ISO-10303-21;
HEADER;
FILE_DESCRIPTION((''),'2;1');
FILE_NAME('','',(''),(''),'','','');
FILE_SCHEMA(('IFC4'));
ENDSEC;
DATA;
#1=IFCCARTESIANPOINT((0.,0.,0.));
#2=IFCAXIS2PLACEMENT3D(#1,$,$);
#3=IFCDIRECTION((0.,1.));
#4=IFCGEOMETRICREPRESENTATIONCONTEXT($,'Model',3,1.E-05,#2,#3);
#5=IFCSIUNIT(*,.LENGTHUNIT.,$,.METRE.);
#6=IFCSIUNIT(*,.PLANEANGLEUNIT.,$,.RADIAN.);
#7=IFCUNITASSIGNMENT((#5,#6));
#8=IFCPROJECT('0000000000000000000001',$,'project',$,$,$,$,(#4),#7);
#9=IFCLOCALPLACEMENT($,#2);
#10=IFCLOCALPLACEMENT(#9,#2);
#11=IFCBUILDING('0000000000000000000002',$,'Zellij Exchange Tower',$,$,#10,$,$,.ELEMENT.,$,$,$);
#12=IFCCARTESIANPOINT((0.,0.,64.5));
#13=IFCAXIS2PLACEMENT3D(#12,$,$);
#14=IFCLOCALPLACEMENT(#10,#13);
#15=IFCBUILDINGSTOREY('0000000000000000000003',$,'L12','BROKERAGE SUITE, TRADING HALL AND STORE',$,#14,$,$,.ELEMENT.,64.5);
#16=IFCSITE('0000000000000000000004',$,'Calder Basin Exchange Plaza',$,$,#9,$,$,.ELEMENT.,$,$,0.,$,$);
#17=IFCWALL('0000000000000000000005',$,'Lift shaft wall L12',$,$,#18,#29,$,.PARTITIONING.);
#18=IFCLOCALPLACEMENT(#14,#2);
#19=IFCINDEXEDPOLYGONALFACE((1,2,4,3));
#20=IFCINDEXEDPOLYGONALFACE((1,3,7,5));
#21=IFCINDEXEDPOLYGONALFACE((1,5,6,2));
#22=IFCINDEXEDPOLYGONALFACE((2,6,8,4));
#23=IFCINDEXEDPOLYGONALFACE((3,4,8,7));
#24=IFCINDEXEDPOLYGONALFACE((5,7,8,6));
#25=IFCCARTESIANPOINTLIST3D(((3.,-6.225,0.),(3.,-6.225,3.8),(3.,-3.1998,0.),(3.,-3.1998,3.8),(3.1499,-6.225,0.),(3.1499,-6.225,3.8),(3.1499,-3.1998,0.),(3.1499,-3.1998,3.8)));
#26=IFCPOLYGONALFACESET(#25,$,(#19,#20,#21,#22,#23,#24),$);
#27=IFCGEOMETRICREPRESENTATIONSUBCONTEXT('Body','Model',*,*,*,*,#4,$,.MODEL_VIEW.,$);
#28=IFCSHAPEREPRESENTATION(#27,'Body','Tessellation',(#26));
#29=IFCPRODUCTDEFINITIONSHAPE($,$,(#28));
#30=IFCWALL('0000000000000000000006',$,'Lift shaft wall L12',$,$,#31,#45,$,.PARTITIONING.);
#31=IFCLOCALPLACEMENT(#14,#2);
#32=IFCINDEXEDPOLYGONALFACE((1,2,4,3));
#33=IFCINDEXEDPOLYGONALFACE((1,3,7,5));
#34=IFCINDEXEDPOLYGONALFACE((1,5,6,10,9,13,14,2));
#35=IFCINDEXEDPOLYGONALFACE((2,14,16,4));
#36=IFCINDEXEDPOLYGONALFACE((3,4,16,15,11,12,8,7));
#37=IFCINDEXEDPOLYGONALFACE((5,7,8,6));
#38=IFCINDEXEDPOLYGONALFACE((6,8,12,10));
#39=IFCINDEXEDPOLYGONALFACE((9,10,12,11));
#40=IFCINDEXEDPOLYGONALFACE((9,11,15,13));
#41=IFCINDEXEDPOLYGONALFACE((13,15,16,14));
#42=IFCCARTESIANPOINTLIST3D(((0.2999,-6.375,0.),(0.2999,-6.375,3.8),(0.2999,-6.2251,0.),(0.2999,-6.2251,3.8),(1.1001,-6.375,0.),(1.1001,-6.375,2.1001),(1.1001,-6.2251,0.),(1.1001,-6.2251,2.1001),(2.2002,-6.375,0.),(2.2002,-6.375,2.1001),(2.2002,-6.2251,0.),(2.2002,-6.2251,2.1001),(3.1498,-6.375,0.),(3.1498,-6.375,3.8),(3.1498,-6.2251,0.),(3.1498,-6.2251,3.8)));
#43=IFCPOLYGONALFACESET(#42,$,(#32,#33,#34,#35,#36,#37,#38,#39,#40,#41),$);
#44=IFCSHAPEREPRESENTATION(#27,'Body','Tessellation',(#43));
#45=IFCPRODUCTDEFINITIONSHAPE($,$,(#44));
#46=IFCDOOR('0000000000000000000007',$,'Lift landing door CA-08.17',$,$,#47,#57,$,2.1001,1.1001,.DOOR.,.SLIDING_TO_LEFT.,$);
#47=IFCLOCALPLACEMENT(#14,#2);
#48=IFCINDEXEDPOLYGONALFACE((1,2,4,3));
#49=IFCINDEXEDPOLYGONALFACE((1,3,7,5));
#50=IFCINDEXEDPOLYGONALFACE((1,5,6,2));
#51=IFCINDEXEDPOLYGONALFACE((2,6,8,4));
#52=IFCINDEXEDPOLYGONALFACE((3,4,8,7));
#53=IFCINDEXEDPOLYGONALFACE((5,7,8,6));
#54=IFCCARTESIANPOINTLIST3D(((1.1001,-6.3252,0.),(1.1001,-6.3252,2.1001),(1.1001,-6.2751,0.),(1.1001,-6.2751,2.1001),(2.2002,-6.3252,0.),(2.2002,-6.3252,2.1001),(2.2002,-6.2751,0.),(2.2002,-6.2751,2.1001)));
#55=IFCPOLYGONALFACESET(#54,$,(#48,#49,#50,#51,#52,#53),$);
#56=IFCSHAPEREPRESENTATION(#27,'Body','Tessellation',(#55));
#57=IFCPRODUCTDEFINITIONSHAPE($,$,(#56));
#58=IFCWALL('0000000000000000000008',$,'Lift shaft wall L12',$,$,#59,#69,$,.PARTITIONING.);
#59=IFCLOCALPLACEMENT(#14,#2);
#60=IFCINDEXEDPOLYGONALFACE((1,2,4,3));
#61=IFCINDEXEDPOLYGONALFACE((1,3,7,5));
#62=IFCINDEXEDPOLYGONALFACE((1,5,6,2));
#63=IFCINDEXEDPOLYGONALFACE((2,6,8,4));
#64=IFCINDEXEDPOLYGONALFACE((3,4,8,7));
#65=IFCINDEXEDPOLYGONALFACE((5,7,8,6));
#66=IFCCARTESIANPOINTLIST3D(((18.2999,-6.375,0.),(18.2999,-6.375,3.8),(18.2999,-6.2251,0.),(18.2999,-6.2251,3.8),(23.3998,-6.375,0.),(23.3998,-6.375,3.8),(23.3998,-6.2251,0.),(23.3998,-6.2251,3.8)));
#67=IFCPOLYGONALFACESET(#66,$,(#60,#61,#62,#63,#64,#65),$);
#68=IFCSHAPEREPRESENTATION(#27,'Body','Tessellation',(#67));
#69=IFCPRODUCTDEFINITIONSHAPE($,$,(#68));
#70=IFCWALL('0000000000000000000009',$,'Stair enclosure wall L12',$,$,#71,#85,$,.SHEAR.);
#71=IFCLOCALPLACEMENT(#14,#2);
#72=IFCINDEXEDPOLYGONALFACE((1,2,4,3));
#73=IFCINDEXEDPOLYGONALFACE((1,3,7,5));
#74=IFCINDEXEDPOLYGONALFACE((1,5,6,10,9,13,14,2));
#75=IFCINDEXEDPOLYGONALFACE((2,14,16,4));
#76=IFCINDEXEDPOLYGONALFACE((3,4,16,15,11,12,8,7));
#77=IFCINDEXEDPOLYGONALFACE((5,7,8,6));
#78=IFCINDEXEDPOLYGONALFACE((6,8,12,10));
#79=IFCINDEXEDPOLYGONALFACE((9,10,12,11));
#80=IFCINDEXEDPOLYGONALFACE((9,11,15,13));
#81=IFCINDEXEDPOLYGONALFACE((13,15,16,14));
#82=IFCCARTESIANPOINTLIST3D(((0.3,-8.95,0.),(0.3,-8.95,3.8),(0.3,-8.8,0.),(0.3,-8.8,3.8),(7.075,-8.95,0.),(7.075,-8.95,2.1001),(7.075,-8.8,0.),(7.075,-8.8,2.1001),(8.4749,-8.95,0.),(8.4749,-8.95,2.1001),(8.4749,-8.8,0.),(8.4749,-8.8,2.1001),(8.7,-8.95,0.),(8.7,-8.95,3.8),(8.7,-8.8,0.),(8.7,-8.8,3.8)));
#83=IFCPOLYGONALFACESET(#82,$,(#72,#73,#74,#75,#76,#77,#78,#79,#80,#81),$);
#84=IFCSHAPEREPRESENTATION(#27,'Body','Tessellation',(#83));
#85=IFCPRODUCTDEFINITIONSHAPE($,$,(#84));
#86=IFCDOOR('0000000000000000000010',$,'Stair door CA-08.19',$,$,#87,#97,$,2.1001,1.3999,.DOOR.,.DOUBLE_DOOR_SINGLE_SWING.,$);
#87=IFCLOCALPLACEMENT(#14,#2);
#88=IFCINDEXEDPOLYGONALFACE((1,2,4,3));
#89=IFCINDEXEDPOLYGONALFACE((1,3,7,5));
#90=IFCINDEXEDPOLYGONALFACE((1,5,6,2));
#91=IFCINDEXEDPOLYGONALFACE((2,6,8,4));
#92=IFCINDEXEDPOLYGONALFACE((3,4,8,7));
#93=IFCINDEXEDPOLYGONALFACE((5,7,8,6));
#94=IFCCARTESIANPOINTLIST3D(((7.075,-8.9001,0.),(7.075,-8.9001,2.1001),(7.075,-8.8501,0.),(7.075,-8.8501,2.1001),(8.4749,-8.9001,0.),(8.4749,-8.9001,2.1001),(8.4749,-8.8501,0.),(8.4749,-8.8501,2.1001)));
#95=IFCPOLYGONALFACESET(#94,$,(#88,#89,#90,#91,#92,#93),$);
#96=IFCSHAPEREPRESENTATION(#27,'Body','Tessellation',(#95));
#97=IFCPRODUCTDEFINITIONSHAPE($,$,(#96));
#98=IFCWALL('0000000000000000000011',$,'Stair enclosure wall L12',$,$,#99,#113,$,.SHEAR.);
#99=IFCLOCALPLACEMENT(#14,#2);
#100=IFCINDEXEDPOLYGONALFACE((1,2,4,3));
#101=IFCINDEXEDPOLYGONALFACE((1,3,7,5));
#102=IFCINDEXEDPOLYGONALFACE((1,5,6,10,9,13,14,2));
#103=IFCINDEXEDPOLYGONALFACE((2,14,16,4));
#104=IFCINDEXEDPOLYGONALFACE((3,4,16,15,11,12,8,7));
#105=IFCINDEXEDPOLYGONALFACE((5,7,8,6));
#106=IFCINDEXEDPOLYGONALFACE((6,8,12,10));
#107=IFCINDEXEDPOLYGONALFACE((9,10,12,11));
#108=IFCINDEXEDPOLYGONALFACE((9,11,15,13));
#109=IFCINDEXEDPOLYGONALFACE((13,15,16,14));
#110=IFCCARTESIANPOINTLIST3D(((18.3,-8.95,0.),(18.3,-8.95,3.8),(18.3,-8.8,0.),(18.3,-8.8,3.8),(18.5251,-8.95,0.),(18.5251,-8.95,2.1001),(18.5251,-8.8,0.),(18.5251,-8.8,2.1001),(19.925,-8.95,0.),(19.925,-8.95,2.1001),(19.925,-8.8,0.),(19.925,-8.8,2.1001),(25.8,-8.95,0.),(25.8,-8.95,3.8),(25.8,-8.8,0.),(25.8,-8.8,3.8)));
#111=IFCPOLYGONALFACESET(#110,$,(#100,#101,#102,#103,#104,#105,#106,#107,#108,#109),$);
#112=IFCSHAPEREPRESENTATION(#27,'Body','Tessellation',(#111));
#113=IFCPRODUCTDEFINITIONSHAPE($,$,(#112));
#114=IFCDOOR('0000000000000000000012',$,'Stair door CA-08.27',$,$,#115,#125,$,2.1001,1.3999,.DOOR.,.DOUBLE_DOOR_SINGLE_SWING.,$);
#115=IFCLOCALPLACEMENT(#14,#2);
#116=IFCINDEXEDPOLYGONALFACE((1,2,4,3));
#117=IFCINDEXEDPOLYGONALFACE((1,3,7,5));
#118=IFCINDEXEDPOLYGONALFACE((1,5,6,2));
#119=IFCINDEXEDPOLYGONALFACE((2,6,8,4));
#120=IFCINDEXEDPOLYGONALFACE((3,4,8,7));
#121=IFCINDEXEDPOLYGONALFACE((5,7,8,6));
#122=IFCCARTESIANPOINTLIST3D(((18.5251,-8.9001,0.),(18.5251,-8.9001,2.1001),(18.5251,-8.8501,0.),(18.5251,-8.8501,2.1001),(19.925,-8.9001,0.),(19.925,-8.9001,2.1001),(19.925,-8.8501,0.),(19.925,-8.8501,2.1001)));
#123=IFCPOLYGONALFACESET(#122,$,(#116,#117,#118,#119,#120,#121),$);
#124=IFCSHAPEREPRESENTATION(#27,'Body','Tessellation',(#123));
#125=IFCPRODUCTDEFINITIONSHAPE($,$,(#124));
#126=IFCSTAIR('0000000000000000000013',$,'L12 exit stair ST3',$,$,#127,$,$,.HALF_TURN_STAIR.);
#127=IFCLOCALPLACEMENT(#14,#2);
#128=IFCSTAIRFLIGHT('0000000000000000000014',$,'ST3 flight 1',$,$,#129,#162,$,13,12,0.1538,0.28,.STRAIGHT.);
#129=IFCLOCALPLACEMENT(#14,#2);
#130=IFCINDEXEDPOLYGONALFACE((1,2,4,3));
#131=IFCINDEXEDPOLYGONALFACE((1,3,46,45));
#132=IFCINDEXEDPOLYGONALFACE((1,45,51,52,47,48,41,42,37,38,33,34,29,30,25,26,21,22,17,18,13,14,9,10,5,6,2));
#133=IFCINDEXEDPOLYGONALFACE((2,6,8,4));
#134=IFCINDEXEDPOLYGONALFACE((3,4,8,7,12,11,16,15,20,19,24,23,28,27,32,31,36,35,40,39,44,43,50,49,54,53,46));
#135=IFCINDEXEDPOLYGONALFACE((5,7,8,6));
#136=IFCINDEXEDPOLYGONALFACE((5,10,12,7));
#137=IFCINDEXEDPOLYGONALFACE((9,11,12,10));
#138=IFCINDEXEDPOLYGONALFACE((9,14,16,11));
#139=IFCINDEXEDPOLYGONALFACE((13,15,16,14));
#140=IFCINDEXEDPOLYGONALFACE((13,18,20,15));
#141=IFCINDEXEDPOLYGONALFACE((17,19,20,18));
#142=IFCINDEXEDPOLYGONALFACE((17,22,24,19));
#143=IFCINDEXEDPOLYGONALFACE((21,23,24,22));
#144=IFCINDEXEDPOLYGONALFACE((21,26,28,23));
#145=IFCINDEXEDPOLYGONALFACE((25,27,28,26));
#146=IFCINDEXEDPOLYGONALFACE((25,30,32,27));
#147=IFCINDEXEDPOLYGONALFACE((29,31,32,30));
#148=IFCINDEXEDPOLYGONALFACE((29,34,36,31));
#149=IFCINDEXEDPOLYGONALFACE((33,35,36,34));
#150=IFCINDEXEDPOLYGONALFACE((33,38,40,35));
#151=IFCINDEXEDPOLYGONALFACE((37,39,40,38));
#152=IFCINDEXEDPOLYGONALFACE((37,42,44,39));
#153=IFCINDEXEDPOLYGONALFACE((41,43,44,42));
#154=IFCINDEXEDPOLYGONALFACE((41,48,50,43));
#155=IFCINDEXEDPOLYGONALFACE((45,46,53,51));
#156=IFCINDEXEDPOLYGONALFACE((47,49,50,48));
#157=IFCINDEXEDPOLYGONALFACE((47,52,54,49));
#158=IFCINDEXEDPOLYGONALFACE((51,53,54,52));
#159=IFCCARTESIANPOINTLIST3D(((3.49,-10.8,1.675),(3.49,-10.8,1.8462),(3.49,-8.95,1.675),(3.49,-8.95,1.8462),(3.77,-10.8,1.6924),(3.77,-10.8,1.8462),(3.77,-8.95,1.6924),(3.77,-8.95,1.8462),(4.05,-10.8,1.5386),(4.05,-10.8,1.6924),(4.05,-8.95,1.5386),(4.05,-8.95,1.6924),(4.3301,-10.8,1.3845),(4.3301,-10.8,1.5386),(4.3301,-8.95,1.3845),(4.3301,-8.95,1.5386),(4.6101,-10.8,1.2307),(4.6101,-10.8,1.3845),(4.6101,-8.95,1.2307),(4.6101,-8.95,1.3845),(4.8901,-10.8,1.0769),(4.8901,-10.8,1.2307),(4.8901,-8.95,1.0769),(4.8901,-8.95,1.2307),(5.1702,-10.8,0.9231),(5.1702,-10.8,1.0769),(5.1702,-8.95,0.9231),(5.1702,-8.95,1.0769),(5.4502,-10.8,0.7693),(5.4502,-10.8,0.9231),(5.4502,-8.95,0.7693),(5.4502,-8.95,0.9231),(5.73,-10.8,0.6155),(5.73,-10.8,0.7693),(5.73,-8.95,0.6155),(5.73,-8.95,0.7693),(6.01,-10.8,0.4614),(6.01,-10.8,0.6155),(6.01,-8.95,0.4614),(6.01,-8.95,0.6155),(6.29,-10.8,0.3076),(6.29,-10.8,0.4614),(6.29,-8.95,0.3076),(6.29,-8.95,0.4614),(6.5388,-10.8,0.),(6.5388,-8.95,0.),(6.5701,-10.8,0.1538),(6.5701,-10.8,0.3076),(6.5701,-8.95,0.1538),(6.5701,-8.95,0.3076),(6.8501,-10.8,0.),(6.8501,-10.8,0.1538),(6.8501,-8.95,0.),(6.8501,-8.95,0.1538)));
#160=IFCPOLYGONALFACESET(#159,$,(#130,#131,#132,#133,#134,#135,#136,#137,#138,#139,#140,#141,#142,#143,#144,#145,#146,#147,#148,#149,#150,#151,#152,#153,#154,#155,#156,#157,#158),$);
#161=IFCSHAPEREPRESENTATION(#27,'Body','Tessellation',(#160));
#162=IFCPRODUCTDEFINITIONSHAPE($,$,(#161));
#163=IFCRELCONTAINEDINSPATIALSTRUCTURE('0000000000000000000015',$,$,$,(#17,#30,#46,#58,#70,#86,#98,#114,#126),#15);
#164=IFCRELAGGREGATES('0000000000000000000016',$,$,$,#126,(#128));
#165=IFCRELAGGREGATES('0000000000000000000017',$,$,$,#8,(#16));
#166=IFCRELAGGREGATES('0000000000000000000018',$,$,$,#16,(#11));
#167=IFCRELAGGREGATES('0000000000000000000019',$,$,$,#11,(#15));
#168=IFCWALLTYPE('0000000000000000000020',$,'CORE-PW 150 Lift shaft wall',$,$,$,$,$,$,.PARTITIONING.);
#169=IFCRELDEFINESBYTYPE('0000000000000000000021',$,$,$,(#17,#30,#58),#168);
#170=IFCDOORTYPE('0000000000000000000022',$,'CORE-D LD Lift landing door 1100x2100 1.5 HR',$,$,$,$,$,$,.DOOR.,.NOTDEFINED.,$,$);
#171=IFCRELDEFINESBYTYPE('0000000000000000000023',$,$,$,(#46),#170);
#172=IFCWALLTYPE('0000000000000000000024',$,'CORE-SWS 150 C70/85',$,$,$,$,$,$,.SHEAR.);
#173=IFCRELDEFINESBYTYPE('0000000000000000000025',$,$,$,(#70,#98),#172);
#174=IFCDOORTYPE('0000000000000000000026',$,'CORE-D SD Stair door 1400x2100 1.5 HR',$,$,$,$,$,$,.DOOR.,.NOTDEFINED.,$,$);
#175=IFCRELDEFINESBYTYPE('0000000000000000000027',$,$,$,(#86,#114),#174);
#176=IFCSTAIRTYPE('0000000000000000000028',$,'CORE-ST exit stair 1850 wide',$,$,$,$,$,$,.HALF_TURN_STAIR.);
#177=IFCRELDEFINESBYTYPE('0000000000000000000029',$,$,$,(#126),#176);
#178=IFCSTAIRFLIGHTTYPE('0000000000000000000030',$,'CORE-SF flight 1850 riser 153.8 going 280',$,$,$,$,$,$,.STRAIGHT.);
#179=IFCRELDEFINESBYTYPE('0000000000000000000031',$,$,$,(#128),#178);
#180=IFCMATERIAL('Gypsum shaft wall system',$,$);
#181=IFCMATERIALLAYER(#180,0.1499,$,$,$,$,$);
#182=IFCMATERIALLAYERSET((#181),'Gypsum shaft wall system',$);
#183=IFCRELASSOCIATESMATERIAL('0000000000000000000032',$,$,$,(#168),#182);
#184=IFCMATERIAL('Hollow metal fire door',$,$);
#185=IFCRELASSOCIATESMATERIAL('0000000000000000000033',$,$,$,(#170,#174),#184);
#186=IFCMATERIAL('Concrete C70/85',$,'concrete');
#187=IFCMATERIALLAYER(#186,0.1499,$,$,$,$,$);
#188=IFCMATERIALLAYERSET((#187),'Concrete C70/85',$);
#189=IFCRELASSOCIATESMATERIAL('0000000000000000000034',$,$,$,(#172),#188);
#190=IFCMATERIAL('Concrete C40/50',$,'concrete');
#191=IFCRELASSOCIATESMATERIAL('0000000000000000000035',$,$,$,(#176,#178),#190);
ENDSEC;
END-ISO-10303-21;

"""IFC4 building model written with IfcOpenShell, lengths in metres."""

from ifc_helpers import new_model, si_unit, direction, frame, frame_2d, origin, place, context, subcontext, project, spatial, polyline, rectangle, outline, extrude, material, layer, layer_set, type_object, element, fill, aggregate, save


model = new_model("IFC4")

# Units and contexts
model_context = context("Model", 3, precision=1e-05, world=origin(), true_north=direction((0.0, 1.0)))
body_context = subcontext(model_context, "Body", "Model", "MODEL_VIEW")
ifc_project = project(units=[si_unit("LENGTHUNIT", "METRE"), si_unit("PLANEANGLEUNIT", "RADIAN")], contexts=[model_context])

# Site, building, storey
site_placement = place(None, origin())
site = spatial("IfcSite", under=ifc_project, at=site_placement, Name="Calder Basin Exchange Plaza", CompositionType="ELEMENT", RefElevation=0.0)
building_placement = place(site_placement, origin())
building = spatial("IfcBuilding", under=site, at=building_placement, Name="Zellij Exchange Tower", CompositionType="ELEMENT")
storey_placement = place(building_placement, frame((0.0, 0.0, 64.5)))
storey = spatial("IfcBuildingStorey", under=building, at=storey_placement, Name="L12", Description="BROKERAGE SUITE, TRADING HALL AND STORE", CompositionType="ELEMENT", Elevation=64.5)

# Shared definitions
ifc_material_1 = material(Name="Concrete C70/85", Category="concrete")

# Shared definitions
ifc_material_2 = material(Name="Gypsum shaft wall system")
ifc_material_3 = material(Name="Hollow metal fire door")

# Wall
ifc_layer_1 = layer(ifc_material_2, 0.1499)
ifc_layer_set_1 = layer_set([ifc_layer_1], Name="Gypsum shaft wall system")
wall_type_1 = type_object("IfcWallType", Name="CORE-PW 150 Lift shaft wall", PredefinedType="PARTITIONING", material=ifc_layer_set_1)
wall_1_placement = place(storey_placement, frame((3.075, -6.2251, 0.0), z_axis=(0.0, 0.0, 1.0), x_axis=(0.0, 1.0, 0.0)))
element("IfcWall", 1, at=wall_1_placement, inside=storey, type_object=wall_type_1, Name="Lift shaft wall L12", PredefinedType="PARTITIONING", context=body_context, shape_type="SweptSolid", body=[
    extrude(rectangle(XDim=3.0251, YDim=0.1499, at=frame_2d((1.5127, 0.0))), origin(), (0.0, 0.0, 1.0), 3.8),
])

# Wall, opening, door
wall_2_placement = place(storey_placement, frame((0.3, -6.3, 0.0), z_axis=(0.0, 0.0, 1.0), x_axis=(1.0, 0.0, 0.0)))
wall_2 = element("IfcWall", 2, at=wall_2_placement, inside=storey, type_object=wall_type_1, Name="Lift shaft wall L12", PredefinedType="PARTITIONING", context=body_context, shape_type="SweptSolid", body=[
    extrude(rectangle(XDim=2.8499, YDim=0.1499, at=frame_2d((1.4248, 0.0))), origin(), (0.0, 0.0, 1.0), 3.8),
])
opening_1_placement = place(wall_2_placement, frame((0.8, 0.0, 0.0)))
opening_1 = element("IfcOpeningElement", 3, at=opening_1_placement, cuts=wall_2, PredefinedType="OPENING", context=body_context, shape_type="SweptSolid", body=[
    extrude(rectangle(XDim=1.1001, YDim=2.1001, at=frame_2d((0.55, 1.05))), frame((0.0, 0.0869, 0.0), z_axis=(0.0, -1.0, 0.0), x_axis=(1.0, 0.0, 0.0)), (0.0, 0.0, 1.0), 0.1738),
])
door_type_1 = type_object("IfcDoorType", Name="CORE-D LD Lift landing door 1100x2100 1.5 HR", OperationType="NOTDEFINED", PredefinedType="DOOR", material=ifc_material_3)
door_1_placement = place(opening_1_placement, origin())
door_1 = element("IfcDoor", 4, at=door_1_placement, inside=storey, type_object=door_type_1, Name="Lift landing door CA-08.17", OperationType="SLIDING_TO_LEFT", OverallHeight=2.1001, OverallWidth=1.1001, PredefinedType="DOOR", context=body_context, shape_type="SweptSolid", body=[
    extrude(rectangle(XDim=1.1001, YDim=2.1001, at=frame_2d((0.55, 1.05))), frame((0.0, 0.0249, 0.0), z_axis=(0.0, -1.0, 0.0), x_axis=(1.0, 0.0, 0.0)), (0.0, 0.0, 1.0), 0.05),
])
fill(opening_1, door_1)

# Wall
wall_3_placement = place(storey_placement, frame((18.3, -6.3, 0.0), z_axis=(0.0, 0.0, 1.0), x_axis=(1.0, 0.0, 0.0)))
element("IfcWall", 5, at=wall_3_placement, inside=storey, type_object=wall_type_1, Name="Lift shaft wall L12", PredefinedType="PARTITIONING", context=body_context, shape_type="SweptSolid", body=[
    extrude(rectangle(XDim=5.0999, YDim=0.1499, at=frame_2d((2.5498, 0.0))), origin(), (0.0, 0.0, 1.0), 3.8),
])

# Walls, openings, doors
ifc_layer_2 = layer(ifc_material_1, 0.1499)
ifc_layer_set_2 = layer_set([ifc_layer_2], Name="Concrete C70/85")
wall_type_2 = type_object("IfcWallType", Name="CORE-SWS 150 C70/85", PredefinedType="SHEAR", material=ifc_layer_set_2)
wall_4_placement = place(storey_placement, frame((0.3, -8.875, 0.0), z_axis=(0.0, 0.0, 1.0), x_axis=(1.0, 0.0, 0.0)))
wall_4 = element("IfcWall", 6, at=wall_4_placement, inside=storey, type_object=wall_type_2, Name="Stair enclosure wall L12", PredefinedType="SHEAR", context=body_context, shape_type="SweptSolid", body=[
    extrude(rectangle(XDim=8.3999, YDim=0.1499, at=frame_2d((4.2, 0.0))), origin(), (0.0, 0.0, 1.0), 3.8),
])
opening_2_placement = place(wall_4_placement, frame((6.7749, 0.0, 0.0)))
opening_2 = element("IfcOpeningElement", 7, at=opening_2_placement, cuts=wall_4, PredefinedType="OPENING", context=body_context, shape_type="SweptSolid", body=[
    extrude(rectangle(XDim=1.3999, YDim=2.1001, at=frame_2d((0.7, 1.05))), frame((0.0, 0.0869, 0.0), z_axis=(0.0, -1.0, 0.0), x_axis=(1.0, 0.0, 0.0)), (0.0, 0.0, 1.0), 0.1738),
])
door_type_2 = type_object("IfcDoorType", Name="CORE-D SD Stair door 1400x2100 1.5 HR", OperationType="NOTDEFINED", PredefinedType="DOOR", material=ifc_material_3)
door_2_placement = place(opening_2_placement, origin())
door_2 = element("IfcDoor", 8, at=door_2_placement, inside=storey, type_object=door_type_2, Name="Stair door CA-08.19", OperationType="DOUBLE_DOOR_SINGLE_SWING", OverallHeight=2.1001, OverallWidth=1.3999, PredefinedType="DOOR", context=body_context, shape_type="SweptSolid", body=[
    extrude(rectangle(XDim=1.3999, YDim=2.1001, at=frame_2d((0.7, 1.05))), frame((0.0, 0.0249, 0.0), z_axis=(0.0, -1.0, 0.0), x_axis=(1.0, 0.0, 0.0)), (0.0, 0.0, 1.0), 0.05),
])
fill(opening_2, door_2)
wall_5_placement = place(storey_placement, frame((18.3, -8.875, 0.0), z_axis=(0.0, 0.0, 1.0), x_axis=(1.0, 0.0, 0.0)))
wall_5 = element("IfcWall", 9, at=wall_5_placement, inside=storey, type_object=wall_type_2, Name="Stair enclosure wall L12", PredefinedType="SHEAR", context=body_context, shape_type="SweptSolid", body=[
    extrude(rectangle(XDim=7.5, YDim=0.1499, at=frame_2d((3.75, 0.0))), origin(), (0.0, 0.0, 1.0), 3.8),
])
opening_3_placement = place(wall_5_placement, frame((0.2251, 0.0, 0.0)))
opening_3 = element("IfcOpeningElement", 10, at=opening_3_placement, cuts=wall_5, PredefinedType="OPENING", context=body_context, shape_type="SweptSolid", body=[
    extrude(rectangle(XDim=1.3999, YDim=2.1001, at=frame_2d((0.7, 1.05))), frame((0.0, 0.0869, 0.0), z_axis=(0.0, -1.0, 0.0), x_axis=(1.0, 0.0, 0.0)), (0.0, 0.0, 1.0), 0.1738),
])
door_3_placement = place(opening_3_placement, origin())
door_3 = element("IfcDoor", 11, at=door_3_placement, inside=storey, type_object=door_type_2, Name="Stair door CA-08.27", OperationType="DOUBLE_DOOR_SINGLE_SWING", OverallHeight=2.1001, OverallWidth=1.3999, PredefinedType="DOOR", context=body_context, shape_type="SweptSolid", body=[
    extrude(rectangle(XDim=1.3999, YDim=2.1001, at=frame_2d((0.7, 1.05))), frame((0.0, 0.0249, 0.0), z_axis=(0.0, -1.0, 0.0), x_axis=(1.0, 0.0, 0.0)), (0.0, 0.0, 1.0), 0.05),
])
fill(opening_3, door_3)

# Stair, stair flight
ifc_material_4 = material(Name="Concrete C40/50", Category="concrete")
stair_type = type_object("IfcStairType", Name="CORE-ST exit stair 1850 wide", PredefinedType="HALF_TURN_STAIR", material=ifc_material_4)
stair_placement = place(storey_placement, origin())
stair = element("IfcStair", 12, at=stair_placement, inside=storey, type_object=stair_type, Name="L12 exit stair ST3", PredefinedType="HALF_TURN_STAIR")
stair_flight_type = type_object("IfcStairFlightType", Name="CORE-SF flight 1850 riser 153.8 going 280", PredefinedType="STRAIGHT", material=ifc_material_4)
stair_flight_1_placement = place(storey_placement, frame((6.8501, -9.875, 0.0), z_axis=(0.0, 0.0, 1.0), x_axis=(-1.0, 0.0, 0.0)))
stair_flight_1 = element("IfcStairFlight", 13, at=stair_flight_1_placement, type_object=stair_flight_type, Name="ST3 flight 1", NumberOfRisers=13, NumberOfTreads=12, PredefinedType="STRAIGHT", RiserHeight=0.1538, TreadLength=0.28, context=body_context, shape_type="SweptSolid", body=[
    extrude(outline(polyline([(0.0, 0.0), (0.0, 0.1538), (0.28, 0.1538), (0.28, 0.3076), (0.5601, 0.3076), (0.5601, 0.4614), (0.8401, 0.4614), (0.8401, 0.6155), (1.1201, 0.6155), (1.1201, 0.7693), (1.3999, 0.7693), (1.3999, 0.9231), (1.6799, 0.9231), (1.6799, 1.0769), (1.96, 1.0769), (1.96, 1.2307), (2.24, 1.2307), (2.24, 1.3845), (2.52, 1.3845), (2.52, 1.5386), (2.8, 1.5386), (2.8, 1.6924), (3.0801, 1.6924), (3.0801, 1.8462), (3.3601, 1.8462), (3.3601, 2.0), (3.3601, 1.675), (0.3113, 0.0), (0.0, 0.0)])), frame((0.0, 0.925, 0.0), z_axis=(0.0, -1.0, 0.0), x_axis=(1.0, 0.0, 0.0)), (0.0, 0.0, 1.0), 1.8501),
])
aggregate(stair, [stair_flight_1])

save(model, "model.ifc")
